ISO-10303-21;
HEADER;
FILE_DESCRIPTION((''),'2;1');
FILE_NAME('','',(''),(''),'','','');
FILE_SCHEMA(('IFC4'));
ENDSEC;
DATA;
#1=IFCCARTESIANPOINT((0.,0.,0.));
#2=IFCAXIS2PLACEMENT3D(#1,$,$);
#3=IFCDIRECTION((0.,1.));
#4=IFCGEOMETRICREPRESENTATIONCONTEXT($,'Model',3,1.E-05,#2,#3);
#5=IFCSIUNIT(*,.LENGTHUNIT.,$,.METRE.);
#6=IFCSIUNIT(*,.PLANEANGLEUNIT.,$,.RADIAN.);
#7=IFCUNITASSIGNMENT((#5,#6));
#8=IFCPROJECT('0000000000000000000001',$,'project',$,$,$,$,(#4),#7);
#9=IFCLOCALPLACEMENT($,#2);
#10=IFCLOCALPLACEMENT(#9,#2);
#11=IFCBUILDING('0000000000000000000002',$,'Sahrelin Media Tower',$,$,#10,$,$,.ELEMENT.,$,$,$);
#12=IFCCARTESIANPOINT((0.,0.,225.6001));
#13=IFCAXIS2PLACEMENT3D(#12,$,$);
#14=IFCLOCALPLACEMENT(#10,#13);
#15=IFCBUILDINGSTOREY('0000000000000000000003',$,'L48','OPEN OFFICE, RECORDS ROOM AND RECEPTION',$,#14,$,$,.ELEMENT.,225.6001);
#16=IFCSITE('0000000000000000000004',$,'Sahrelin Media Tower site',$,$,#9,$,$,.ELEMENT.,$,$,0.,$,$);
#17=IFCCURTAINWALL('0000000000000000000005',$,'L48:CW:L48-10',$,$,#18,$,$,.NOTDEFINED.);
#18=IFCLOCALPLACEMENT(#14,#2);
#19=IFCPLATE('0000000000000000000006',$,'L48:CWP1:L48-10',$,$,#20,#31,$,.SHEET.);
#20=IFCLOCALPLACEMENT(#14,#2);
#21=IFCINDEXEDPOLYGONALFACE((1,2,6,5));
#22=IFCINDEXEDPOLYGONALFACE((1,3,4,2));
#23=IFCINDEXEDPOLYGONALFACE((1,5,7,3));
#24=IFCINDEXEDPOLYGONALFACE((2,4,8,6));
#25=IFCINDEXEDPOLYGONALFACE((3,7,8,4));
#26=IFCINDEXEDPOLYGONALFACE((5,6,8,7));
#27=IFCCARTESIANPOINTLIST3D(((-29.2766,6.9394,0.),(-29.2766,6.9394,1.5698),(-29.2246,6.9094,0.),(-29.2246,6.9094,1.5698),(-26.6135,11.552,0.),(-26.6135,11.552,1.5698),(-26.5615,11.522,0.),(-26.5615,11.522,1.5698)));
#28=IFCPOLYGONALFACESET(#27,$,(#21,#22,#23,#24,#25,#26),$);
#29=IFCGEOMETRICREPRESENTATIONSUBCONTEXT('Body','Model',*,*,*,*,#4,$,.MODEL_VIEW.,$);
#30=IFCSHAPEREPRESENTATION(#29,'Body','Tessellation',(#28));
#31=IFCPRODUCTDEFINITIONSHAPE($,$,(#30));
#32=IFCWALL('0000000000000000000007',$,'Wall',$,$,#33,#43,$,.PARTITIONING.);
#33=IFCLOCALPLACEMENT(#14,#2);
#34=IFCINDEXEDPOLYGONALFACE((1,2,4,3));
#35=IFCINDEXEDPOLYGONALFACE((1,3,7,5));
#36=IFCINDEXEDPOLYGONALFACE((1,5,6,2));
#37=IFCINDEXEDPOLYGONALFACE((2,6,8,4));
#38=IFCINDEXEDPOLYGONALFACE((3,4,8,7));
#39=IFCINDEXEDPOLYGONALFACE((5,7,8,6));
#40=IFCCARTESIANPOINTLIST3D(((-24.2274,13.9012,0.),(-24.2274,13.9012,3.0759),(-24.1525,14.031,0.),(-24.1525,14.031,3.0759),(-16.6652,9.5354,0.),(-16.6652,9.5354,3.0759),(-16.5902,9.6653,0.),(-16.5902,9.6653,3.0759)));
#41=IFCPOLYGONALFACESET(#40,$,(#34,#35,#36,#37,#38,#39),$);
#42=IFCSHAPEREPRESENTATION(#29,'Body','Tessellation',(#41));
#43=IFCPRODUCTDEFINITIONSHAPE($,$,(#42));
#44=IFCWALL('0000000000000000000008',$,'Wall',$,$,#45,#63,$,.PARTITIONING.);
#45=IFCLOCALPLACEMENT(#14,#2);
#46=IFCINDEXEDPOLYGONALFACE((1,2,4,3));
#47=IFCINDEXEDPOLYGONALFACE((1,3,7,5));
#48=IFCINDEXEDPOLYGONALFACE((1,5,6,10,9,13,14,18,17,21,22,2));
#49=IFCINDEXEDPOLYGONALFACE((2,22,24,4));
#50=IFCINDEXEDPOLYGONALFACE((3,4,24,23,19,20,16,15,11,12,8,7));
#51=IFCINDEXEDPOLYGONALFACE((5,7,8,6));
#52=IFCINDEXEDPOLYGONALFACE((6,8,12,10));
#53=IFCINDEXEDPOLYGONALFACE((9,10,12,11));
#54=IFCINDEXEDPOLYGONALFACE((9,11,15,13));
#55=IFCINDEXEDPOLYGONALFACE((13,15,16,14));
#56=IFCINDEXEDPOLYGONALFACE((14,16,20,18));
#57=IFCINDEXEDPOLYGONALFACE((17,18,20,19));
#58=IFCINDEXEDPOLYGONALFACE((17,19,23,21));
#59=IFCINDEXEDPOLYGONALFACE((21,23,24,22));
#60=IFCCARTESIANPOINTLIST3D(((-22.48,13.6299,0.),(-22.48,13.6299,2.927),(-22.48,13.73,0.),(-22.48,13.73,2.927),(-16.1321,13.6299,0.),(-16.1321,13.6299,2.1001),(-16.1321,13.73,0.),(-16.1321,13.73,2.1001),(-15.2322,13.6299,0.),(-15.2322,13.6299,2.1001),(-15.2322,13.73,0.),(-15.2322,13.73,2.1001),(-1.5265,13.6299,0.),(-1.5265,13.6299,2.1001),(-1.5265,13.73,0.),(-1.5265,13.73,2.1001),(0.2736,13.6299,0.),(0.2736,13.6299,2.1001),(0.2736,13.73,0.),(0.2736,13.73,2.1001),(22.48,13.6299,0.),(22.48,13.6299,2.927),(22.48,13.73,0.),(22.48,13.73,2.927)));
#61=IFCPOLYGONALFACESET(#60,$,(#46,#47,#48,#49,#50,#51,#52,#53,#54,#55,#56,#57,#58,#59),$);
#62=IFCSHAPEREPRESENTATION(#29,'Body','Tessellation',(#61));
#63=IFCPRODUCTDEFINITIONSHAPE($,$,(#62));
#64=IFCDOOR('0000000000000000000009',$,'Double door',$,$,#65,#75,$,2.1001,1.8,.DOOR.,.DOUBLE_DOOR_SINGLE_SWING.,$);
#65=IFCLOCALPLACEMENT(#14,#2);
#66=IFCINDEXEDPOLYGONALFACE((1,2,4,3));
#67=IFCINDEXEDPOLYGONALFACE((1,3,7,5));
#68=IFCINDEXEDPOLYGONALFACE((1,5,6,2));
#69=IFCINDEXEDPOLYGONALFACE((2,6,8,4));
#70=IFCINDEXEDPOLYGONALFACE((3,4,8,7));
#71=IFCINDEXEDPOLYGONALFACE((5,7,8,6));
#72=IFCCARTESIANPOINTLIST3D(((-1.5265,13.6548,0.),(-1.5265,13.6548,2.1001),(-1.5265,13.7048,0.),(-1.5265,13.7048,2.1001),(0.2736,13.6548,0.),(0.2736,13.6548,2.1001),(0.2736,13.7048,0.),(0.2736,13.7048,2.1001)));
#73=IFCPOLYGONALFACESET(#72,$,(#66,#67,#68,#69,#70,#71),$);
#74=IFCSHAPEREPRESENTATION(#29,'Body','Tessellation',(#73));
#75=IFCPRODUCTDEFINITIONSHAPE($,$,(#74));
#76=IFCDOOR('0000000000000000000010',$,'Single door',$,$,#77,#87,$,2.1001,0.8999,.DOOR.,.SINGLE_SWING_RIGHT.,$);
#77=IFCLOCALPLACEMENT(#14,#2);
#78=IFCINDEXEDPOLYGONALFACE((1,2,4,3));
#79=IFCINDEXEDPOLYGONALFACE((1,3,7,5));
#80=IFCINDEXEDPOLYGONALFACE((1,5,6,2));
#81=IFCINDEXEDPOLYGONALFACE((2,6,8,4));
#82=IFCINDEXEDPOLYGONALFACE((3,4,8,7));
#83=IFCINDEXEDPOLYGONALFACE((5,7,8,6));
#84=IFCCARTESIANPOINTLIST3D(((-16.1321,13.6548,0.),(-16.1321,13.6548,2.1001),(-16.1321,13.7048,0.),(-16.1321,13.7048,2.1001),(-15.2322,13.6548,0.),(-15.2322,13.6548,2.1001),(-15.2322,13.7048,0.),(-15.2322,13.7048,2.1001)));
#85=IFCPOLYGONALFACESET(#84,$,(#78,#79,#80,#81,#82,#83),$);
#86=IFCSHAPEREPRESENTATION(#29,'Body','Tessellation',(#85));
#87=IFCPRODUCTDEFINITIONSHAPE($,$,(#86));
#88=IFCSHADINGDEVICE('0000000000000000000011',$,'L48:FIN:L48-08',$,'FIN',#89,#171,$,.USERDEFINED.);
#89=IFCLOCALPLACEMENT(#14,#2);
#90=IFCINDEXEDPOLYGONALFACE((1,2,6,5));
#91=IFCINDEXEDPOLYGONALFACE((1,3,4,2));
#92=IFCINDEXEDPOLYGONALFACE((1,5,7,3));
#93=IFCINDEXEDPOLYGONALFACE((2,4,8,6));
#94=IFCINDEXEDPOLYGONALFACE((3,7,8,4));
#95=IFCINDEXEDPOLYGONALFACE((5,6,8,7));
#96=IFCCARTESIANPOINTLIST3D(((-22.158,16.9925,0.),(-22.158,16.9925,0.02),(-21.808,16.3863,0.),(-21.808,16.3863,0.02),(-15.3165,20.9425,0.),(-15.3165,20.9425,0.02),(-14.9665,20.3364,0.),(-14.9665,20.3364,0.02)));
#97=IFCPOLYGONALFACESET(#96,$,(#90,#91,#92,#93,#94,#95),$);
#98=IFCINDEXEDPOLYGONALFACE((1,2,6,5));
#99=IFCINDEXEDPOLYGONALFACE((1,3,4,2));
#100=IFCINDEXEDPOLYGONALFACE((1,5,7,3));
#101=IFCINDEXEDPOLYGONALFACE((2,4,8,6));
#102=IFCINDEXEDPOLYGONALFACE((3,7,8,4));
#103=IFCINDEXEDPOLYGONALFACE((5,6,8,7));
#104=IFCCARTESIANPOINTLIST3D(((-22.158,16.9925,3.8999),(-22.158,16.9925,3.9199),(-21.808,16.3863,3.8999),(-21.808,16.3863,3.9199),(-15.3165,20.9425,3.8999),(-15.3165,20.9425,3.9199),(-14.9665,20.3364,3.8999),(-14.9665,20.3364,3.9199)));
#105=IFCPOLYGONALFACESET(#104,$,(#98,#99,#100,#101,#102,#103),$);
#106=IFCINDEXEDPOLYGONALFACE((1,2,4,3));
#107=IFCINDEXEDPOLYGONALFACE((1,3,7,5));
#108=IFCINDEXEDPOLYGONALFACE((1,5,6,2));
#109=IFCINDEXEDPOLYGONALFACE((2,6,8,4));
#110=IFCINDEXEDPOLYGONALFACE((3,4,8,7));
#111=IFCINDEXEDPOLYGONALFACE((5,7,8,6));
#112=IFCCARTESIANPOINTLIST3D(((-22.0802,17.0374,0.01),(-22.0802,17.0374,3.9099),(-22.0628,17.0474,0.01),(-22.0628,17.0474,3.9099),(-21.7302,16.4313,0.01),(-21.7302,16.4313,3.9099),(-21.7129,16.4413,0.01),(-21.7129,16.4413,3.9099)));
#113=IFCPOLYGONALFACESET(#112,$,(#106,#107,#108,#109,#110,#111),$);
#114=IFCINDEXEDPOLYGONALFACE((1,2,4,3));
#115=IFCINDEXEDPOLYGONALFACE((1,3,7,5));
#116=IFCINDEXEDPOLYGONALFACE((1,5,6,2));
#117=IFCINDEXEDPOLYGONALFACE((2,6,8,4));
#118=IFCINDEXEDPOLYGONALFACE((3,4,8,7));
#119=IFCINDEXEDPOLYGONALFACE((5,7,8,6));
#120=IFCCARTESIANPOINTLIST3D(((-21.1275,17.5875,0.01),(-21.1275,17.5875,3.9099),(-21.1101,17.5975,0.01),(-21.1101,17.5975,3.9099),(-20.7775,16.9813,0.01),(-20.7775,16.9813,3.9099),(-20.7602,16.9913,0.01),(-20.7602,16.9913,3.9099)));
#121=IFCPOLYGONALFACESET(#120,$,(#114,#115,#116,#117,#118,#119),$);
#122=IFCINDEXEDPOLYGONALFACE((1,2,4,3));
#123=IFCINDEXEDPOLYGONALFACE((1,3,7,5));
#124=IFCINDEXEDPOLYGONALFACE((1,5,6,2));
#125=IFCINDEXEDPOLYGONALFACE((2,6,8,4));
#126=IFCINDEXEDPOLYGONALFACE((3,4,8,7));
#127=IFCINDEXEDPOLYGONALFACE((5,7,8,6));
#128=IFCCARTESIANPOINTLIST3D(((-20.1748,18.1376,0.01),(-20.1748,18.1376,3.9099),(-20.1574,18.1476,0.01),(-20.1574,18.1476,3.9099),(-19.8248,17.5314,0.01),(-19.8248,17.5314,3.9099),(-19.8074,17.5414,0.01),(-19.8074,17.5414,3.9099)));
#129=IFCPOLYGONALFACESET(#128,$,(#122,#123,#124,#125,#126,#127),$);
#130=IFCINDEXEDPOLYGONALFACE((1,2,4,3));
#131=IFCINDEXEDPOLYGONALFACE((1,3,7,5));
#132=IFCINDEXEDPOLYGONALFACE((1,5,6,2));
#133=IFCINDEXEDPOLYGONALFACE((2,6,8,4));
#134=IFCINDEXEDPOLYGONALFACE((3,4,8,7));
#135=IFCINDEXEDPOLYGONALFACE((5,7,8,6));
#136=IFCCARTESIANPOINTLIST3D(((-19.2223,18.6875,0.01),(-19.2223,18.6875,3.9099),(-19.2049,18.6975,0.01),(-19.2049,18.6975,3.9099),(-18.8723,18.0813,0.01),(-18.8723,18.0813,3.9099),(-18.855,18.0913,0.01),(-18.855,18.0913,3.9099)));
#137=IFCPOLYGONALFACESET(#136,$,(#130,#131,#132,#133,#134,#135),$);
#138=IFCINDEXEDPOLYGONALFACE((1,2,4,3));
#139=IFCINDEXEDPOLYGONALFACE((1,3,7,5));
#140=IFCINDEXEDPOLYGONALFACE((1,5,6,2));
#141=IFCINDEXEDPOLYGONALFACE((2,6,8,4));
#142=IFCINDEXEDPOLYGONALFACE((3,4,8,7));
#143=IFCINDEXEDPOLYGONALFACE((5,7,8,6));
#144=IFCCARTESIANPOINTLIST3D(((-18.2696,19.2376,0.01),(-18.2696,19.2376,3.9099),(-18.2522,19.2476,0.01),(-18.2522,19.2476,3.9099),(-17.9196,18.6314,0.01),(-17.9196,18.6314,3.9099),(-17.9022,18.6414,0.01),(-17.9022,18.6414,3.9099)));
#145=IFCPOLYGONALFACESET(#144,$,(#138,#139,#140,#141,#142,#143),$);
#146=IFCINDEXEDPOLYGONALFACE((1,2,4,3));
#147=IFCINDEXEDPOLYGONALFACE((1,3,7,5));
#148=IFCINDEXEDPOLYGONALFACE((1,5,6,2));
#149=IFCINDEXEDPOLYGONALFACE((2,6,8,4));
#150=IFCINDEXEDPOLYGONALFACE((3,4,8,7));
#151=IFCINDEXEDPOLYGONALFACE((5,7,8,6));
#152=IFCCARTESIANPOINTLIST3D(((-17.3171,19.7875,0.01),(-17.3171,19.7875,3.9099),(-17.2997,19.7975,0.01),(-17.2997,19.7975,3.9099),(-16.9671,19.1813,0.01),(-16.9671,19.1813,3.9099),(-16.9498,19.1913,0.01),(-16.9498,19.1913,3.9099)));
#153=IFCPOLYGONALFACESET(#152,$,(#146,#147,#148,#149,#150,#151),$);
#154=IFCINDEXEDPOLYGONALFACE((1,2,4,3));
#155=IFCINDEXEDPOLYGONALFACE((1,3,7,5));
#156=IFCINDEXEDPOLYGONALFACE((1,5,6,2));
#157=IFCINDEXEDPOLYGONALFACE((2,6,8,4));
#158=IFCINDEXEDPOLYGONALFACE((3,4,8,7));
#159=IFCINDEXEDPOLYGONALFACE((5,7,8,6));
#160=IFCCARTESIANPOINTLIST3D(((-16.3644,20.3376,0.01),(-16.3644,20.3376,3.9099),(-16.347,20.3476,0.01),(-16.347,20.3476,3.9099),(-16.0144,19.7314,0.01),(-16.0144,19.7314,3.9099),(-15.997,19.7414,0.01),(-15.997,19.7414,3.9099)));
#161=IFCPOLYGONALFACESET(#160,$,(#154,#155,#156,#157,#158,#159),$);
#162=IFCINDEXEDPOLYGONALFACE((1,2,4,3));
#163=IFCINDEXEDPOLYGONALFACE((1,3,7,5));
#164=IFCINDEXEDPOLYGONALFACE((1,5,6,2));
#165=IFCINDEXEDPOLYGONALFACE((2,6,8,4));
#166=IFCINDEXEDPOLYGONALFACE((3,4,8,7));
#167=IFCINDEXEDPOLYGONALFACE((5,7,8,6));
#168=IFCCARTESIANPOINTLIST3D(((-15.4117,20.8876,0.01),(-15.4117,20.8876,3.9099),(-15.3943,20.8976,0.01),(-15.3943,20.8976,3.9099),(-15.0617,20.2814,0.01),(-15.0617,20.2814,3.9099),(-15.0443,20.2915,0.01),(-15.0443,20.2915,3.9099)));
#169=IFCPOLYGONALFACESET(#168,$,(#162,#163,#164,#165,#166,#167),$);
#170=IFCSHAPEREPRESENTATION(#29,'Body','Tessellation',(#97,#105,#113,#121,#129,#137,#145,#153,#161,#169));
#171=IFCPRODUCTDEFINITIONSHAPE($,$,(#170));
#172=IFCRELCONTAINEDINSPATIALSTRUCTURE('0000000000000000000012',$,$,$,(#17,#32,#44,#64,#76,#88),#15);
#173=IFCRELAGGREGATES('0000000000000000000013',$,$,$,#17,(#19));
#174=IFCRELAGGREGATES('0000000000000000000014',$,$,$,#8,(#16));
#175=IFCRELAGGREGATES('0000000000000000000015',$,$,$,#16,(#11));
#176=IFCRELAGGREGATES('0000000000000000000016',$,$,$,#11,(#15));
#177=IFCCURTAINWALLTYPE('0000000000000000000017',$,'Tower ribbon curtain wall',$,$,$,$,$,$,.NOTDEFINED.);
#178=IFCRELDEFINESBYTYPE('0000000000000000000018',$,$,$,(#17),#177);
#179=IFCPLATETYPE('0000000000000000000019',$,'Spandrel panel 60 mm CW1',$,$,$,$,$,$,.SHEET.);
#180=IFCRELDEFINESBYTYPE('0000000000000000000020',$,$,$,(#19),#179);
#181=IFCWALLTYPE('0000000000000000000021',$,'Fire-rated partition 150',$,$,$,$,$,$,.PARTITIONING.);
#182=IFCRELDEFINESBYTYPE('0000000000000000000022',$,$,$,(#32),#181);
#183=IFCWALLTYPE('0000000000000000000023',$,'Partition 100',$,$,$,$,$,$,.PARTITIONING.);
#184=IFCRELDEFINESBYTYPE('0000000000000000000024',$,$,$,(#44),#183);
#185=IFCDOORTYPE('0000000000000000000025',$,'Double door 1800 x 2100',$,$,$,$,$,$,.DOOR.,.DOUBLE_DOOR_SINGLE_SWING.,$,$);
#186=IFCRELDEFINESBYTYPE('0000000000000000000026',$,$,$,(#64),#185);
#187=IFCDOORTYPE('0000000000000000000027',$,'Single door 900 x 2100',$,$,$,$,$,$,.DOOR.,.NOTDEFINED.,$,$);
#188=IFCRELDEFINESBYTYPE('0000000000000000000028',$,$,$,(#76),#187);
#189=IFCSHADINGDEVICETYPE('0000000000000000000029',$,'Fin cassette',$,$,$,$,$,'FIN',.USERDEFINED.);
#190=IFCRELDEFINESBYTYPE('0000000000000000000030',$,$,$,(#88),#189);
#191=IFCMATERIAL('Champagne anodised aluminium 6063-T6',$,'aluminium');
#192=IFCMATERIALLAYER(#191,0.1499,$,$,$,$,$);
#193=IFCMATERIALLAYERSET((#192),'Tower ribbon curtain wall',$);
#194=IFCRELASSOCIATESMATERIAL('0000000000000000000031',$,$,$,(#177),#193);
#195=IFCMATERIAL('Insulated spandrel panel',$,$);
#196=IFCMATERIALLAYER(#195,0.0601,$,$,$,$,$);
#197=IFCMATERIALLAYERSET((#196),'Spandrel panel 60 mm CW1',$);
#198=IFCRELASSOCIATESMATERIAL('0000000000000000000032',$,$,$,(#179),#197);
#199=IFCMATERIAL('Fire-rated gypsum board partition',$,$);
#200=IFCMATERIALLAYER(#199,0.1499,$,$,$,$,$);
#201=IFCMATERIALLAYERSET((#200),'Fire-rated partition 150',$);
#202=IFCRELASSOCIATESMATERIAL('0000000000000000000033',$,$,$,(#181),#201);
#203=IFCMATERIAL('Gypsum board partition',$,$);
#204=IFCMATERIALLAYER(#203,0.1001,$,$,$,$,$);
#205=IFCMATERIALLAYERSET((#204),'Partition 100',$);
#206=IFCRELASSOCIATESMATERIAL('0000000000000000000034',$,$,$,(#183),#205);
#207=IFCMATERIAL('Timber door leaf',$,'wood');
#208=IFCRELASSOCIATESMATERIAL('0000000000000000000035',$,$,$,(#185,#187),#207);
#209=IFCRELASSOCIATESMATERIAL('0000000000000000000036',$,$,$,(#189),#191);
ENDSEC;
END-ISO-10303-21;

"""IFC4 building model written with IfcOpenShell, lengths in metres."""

from ifc_helpers import new_model, si_unit, direction, frame, frame_2d, origin, origin_2d, place, context, subcontext, project, spatial, polyline, rectangle, outline, extrude, material, layer, layer_set, type_object, element, fill, aggregate, save


model = new_model("IFC4")

# Units and contexts
model_context = context("Model", 3, precision=1e-05, world=origin(), true_north=direction((0.0, 1.0)))
body_context = subcontext(model_context, "Body", "Model", "MODEL_VIEW")
ifc_project = project(units=[si_unit("LENGTHUNIT", "METRE"), si_unit("PLANEANGLEUNIT", "RADIAN")], contexts=[model_context])

# Site, building, storey
site_placement = place(None, origin())
site = spatial("IfcSite", under=ifc_project, at=site_placement, Name="Sahrelin Media Tower site", CompositionType="ELEMENT", RefElevation=0.0)
building_placement = place(site_placement, origin())
building = spatial("IfcBuilding", under=site, at=building_placement, Name="Sahrelin Media Tower", CompositionType="ELEMENT")
storey_placement = place(building_placement, frame((0.0, 0.0, 225.6001)))
storey = spatial("IfcBuildingStorey", under=building, at=storey_placement, Name="L48", Description="OPEN OFFICE, RECORDS ROOM AND RECEPTION", CompositionType="ELEMENT", Elevation=225.6001)

# Shared definitions
ifc_material_1 = material(Name="Champagne anodised aluminium 6063-T6", Category="aluminium")
ifc_layer_1 = layer(ifc_material_1, 0.1499)
ifc_layer_set_1 = layer_set([ifc_layer_1], Name="Tower ribbon curtain wall")
curtain_wall_type = type_object("IfcCurtainWallType", Name="Tower ribbon curtain wall", PredefinedType="NOTDEFINED", material=ifc_layer_set_1)

# Curtain wall
curtain_wall_1_placement = place(storey_placement, frame((-27.9277, 9.2356, 0.0), z_axis=(0.0, 0.0, 1.0), x_axis=(1.0, 0.0, 0.0)))
curtain_wall_1 = element("IfcCurtainWall", 1, at=curtain_wall_1_placement, inside=storey, type_object=curtain_wall_type, Name="L48:CW:L48-10", PredefinedType="NOTDEFINED")

# Plate
ifc_material_2 = material(Name="Insulated spandrel panel")
ifc_layer_2 = layer(ifc_material_2, 0.0601)
ifc_layer_set_2 = layer_set([ifc_layer_2], Name="Spandrel panel 60 mm CW1")
plate_type_1 = type_object("IfcPlateType", Name="Spandrel panel 60 mm CW1", PredefinedType="SHEET", material=ifc_layer_set_2)
plate_1_placement = place(storey_placement, frame((-26.6135, 11.552, 0.0), z_axis=(-0.866023, 0.500004, 0.0), x_axis=(-0.500004, -0.866023, 0.0)))
plate_1 = element("IfcPlate", 2, at=plate_1_placement, type_object=plate_type_1, Name="L48:CWP1:L48-10", PredefinedType="SHEET", context=body_context, shape_type="SweptSolid", body=[
    extrude(outline(polyline([(0.0, 0.0), (5.3262, 0.0), (5.3262, 1.5698), (0.0, 1.5698), (0.0, 0.0)])), origin(), (0.0, 0.0, -1.0), 0.0601),
])
aggregate(curtain_wall_1, [plate_1])

# Wall
ifc_material_3 = material(Name="Fire-rated gypsum board partition")
ifc_layer_3 = layer(ifc_material_3, 0.1499)
ifc_layer_set_3 = layer_set([ifc_layer_3], Name="Fire-rated partition 150")
wall_type_1 = type_object("IfcWallType", Name="Fire-rated partition 150", PredefinedType="PARTITIONING", material=ifc_layer_set_3)
wall_1_placement = place(storey_placement, frame((-24.1899, 13.9661, 0.0), z_axis=(0.0, 0.0, 1.0), x_axis=(0.866043, -0.49997, 0.0)))
element("IfcWall", 3, at=wall_1_placement, inside=storey, type_object=wall_type_1, Name="Wall", PredefinedType="PARTITIONING", context=body_context, shape_type="SweptSolid", body=[
    extrude(rectangle(XDim=8.7319, YDim=0.1499, at=frame_2d((4.366, 0.0))), origin(), (0.0, 0.0, 1.0), 3.0759),
])

# Wall, openings, doors
ifc_material_4 = material(Name="Gypsum board partition")
ifc_layer_4 = layer(ifc_material_4, 0.1001)
ifc_layer_set_4 = layer_set([ifc_layer_4], Name="Partition 100")
wall_type_2 = type_object("IfcWallType", Name="Partition 100", PredefinedType="PARTITIONING", material=ifc_layer_set_4)
wall_2_placement = place(storey_placement, frame((-22.48, 13.6799, 0.0), z_axis=(0.0, 0.0, 1.0), x_axis=(1.0, 0.0, 0.0)))
wall_2 = element("IfcWall", 4, at=wall_2_placement, inside=storey, type_object=wall_type_2, Name="Wall", PredefinedType="PARTITIONING", context=body_context, shape_type="SweptSolid", body=[
    extrude(rectangle(XDim=44.96, YDim=0.1001, at=frame_2d((22.48, 0.0))), origin(), (0.0, 0.0, 1.0), 2.927),
])
opening_1_placement = place(wall_2_placement, frame((20.9536, 0.0, 0.0)))
opening_1 = element("IfcOpeningElement", 5, at=opening_1_placement, cuts=wall_2, PredefinedType="OPENING", context=body_context, shape_type="SweptSolid", body=[
    extrude(rectangle(XDim=1.8, YDim=2.1001, at=frame_2d((0.8999, 1.05))), frame((0.0, 0.05, 0.0), z_axis=(0.0, -1.0, 0.0), x_axis=(1.0, 0.0, 0.0)), (0.0, 0.0, 1.0), 0.1001),
])
opening_2_placement = place(wall_2_placement, frame((6.3479, 0.0, 0.0)))
opening_2 = element("IfcOpeningElement", 6, at=opening_2_placement, cuts=wall_2, PredefinedType="OPENING", context=body_context, shape_type="SweptSolid", body=[
    extrude(rectangle(XDim=0.8999, YDim=2.1001, at=frame_2d((0.45, 1.05))), frame((0.0, 0.05, 0.0), z_axis=(0.0, -1.0, 0.0), x_axis=(1.0, 0.0, 0.0)), (0.0, 0.0, 1.0), 0.1001),
])
ifc_material_5 = material(Name="Timber door leaf", Category="wood")
door_type_1 = type_object("IfcDoorType", Name="Double door 1800 x 2100", OperationType="DOUBLE_DOOR_SINGLE_SWING", PredefinedType="DOOR", material=ifc_material_5)
door_1_placement = place(opening_1_placement, origin())
door_1 = element("IfcDoor", 7, at=door_1_placement, inside=storey, type_object=door_type_1, Name="Double door", OperationType="DOUBLE_DOOR_SINGLE_SWING", OverallHeight=2.1001, OverallWidth=1.8, PredefinedType="DOOR", context=body_context, shape_type="SweptSolid", body=[
    extrude(rectangle(XDim=1.8, YDim=2.1001, at=frame_2d((0.8999, 1.05))), frame((0.0, 0.0249, 0.0), z_axis=(0.0, -1.0, 0.0), x_axis=(1.0, 0.0, 0.0)), (0.0, 0.0, 1.0), 0.05),
])
fill(opening_1, door_1)
door_type_2 = type_object("IfcDoorType", Name="Single door 900 x 2100", OperationType="NOTDEFINED", PredefinedType="DOOR", material=ifc_material_5)
door_2_placement = place(opening_2_placement, origin())
door_2 = element("IfcDoor", 8, at=door_2_placement, inside=storey, type_object=door_type_2, Name="Single door", OperationType="SINGLE_SWING_RIGHT", OverallHeight=2.1001, OverallWidth=0.8999, PredefinedType="DOOR", context=body_context, shape_type="SweptSolid", body=[
    extrude(rectangle(XDim=0.8999, YDim=2.1001, at=frame_2d((0.45, 1.05))), frame((0.0, 0.0249, 0.0), z_axis=(0.0, -1.0, 0.0), x_axis=(1.0, 0.0, 0.0)), (0.0, 0.0, 1.0), 0.05),
])
fill(opening_2, door_2)

# Shading device
shading_device_type_1 = type_object("IfcShadingDeviceType", Name="Fin cassette", ElementType="FIN", PredefinedType="USERDEFINED", material=ifc_material_1)
placement_1 = place(storey_placement, frame((-18.3523, 18.3008, 0.0), z_axis=(0.0, 0.0, 1.0), x_axis=(0.866019, 0.500011, 0.0)))
element("IfcShadingDevice", 9, at=placement_1, inside=storey, type_object=shading_device_type_1, Name="L48:FIN:L48-08", ObjectType="FIN", PredefinedType="USERDEFINED", context=body_context, shape_type="SweptSolid", body=[
    extrude(rectangle(XDim=7.8999, YDim=0.7, at=origin_2d()), frame((0.0, 0.4199, 0.0)), (0.0, 0.0, 1.0), 0.02),
    extrude(rectangle(XDim=7.8999, YDim=0.7, at=origin_2d()), frame((0.0, 0.4199, 3.8999)), (0.0, 0.0, 1.0), 0.02),
    extrude(rectangle(XDim=0.02, YDim=0.7, at=origin_2d()), frame((-3.8501, 0.4199, 0.01), z_axis=(0.0, 0.0, 1.0), x_axis=(1.0, 0.0, 0.0)), (0.0, 0.0, 1.0), 3.8999),
    extrude(rectangle(XDim=0.02, YDim=0.7, at=origin_2d()), frame((-2.75, 0.4199, 0.01), z_axis=(0.0, 0.0, 1.0), x_axis=(1.0, 0.0, 0.0)), (0.0, 0.0, 1.0), 3.8999),
    extrude(rectangle(XDim=0.02, YDim=0.7, at=origin_2d()), frame((-1.6499, 0.4199, 0.01), z_axis=(0.0, 0.0, 1.0), x_axis=(1.0, 0.0, 0.0)), (0.0, 0.0, 1.0), 3.8999),
    extrude(rectangle(XDim=0.02, YDim=0.7, at=origin_2d()), frame((-0.55, 0.4199, 0.01), z_axis=(0.0, 0.0, 1.0), x_axis=(1.0, 0.0, 0.0)), (0.0, 0.0, 1.0), 3.8999),
    extrude(rectangle(XDim=0.02, YDim=0.7, at=origin_2d()), frame((0.55, 0.4199, 0.01), z_axis=(0.0, 0.0, 1.0), x_axis=(1.0, 0.0, 0.0)), (0.0, 0.0, 1.0), 3.8999),
    extrude(rectangle(XDim=0.02, YDim=0.7, at=origin_2d()), frame((1.6499, 0.4199, 0.01), z_axis=(0.0, 0.0, 1.0), x_axis=(1.0, 0.0, 0.0)), (0.0, 0.0, 1.0), 3.8999),
    extrude(rectangle(XDim=0.02, YDim=0.7, at=origin_2d()), frame((2.75, 0.4199, 0.01), z_axis=(0.0, 0.0, 1.0), x_axis=(1.0, 0.0, 0.0)), (0.0, 0.0, 1.0), 3.8999),
    extrude(rectangle(XDim=0.02, YDim=0.7, at=origin_2d()), frame((3.8501, 0.4199, 0.01), z_axis=(0.0, 0.0, 1.0), x_axis=(1.0, 0.0, 0.0)), (0.0, 0.0, 1.0), 3.8999),
])

save(model, "model.ifc")
